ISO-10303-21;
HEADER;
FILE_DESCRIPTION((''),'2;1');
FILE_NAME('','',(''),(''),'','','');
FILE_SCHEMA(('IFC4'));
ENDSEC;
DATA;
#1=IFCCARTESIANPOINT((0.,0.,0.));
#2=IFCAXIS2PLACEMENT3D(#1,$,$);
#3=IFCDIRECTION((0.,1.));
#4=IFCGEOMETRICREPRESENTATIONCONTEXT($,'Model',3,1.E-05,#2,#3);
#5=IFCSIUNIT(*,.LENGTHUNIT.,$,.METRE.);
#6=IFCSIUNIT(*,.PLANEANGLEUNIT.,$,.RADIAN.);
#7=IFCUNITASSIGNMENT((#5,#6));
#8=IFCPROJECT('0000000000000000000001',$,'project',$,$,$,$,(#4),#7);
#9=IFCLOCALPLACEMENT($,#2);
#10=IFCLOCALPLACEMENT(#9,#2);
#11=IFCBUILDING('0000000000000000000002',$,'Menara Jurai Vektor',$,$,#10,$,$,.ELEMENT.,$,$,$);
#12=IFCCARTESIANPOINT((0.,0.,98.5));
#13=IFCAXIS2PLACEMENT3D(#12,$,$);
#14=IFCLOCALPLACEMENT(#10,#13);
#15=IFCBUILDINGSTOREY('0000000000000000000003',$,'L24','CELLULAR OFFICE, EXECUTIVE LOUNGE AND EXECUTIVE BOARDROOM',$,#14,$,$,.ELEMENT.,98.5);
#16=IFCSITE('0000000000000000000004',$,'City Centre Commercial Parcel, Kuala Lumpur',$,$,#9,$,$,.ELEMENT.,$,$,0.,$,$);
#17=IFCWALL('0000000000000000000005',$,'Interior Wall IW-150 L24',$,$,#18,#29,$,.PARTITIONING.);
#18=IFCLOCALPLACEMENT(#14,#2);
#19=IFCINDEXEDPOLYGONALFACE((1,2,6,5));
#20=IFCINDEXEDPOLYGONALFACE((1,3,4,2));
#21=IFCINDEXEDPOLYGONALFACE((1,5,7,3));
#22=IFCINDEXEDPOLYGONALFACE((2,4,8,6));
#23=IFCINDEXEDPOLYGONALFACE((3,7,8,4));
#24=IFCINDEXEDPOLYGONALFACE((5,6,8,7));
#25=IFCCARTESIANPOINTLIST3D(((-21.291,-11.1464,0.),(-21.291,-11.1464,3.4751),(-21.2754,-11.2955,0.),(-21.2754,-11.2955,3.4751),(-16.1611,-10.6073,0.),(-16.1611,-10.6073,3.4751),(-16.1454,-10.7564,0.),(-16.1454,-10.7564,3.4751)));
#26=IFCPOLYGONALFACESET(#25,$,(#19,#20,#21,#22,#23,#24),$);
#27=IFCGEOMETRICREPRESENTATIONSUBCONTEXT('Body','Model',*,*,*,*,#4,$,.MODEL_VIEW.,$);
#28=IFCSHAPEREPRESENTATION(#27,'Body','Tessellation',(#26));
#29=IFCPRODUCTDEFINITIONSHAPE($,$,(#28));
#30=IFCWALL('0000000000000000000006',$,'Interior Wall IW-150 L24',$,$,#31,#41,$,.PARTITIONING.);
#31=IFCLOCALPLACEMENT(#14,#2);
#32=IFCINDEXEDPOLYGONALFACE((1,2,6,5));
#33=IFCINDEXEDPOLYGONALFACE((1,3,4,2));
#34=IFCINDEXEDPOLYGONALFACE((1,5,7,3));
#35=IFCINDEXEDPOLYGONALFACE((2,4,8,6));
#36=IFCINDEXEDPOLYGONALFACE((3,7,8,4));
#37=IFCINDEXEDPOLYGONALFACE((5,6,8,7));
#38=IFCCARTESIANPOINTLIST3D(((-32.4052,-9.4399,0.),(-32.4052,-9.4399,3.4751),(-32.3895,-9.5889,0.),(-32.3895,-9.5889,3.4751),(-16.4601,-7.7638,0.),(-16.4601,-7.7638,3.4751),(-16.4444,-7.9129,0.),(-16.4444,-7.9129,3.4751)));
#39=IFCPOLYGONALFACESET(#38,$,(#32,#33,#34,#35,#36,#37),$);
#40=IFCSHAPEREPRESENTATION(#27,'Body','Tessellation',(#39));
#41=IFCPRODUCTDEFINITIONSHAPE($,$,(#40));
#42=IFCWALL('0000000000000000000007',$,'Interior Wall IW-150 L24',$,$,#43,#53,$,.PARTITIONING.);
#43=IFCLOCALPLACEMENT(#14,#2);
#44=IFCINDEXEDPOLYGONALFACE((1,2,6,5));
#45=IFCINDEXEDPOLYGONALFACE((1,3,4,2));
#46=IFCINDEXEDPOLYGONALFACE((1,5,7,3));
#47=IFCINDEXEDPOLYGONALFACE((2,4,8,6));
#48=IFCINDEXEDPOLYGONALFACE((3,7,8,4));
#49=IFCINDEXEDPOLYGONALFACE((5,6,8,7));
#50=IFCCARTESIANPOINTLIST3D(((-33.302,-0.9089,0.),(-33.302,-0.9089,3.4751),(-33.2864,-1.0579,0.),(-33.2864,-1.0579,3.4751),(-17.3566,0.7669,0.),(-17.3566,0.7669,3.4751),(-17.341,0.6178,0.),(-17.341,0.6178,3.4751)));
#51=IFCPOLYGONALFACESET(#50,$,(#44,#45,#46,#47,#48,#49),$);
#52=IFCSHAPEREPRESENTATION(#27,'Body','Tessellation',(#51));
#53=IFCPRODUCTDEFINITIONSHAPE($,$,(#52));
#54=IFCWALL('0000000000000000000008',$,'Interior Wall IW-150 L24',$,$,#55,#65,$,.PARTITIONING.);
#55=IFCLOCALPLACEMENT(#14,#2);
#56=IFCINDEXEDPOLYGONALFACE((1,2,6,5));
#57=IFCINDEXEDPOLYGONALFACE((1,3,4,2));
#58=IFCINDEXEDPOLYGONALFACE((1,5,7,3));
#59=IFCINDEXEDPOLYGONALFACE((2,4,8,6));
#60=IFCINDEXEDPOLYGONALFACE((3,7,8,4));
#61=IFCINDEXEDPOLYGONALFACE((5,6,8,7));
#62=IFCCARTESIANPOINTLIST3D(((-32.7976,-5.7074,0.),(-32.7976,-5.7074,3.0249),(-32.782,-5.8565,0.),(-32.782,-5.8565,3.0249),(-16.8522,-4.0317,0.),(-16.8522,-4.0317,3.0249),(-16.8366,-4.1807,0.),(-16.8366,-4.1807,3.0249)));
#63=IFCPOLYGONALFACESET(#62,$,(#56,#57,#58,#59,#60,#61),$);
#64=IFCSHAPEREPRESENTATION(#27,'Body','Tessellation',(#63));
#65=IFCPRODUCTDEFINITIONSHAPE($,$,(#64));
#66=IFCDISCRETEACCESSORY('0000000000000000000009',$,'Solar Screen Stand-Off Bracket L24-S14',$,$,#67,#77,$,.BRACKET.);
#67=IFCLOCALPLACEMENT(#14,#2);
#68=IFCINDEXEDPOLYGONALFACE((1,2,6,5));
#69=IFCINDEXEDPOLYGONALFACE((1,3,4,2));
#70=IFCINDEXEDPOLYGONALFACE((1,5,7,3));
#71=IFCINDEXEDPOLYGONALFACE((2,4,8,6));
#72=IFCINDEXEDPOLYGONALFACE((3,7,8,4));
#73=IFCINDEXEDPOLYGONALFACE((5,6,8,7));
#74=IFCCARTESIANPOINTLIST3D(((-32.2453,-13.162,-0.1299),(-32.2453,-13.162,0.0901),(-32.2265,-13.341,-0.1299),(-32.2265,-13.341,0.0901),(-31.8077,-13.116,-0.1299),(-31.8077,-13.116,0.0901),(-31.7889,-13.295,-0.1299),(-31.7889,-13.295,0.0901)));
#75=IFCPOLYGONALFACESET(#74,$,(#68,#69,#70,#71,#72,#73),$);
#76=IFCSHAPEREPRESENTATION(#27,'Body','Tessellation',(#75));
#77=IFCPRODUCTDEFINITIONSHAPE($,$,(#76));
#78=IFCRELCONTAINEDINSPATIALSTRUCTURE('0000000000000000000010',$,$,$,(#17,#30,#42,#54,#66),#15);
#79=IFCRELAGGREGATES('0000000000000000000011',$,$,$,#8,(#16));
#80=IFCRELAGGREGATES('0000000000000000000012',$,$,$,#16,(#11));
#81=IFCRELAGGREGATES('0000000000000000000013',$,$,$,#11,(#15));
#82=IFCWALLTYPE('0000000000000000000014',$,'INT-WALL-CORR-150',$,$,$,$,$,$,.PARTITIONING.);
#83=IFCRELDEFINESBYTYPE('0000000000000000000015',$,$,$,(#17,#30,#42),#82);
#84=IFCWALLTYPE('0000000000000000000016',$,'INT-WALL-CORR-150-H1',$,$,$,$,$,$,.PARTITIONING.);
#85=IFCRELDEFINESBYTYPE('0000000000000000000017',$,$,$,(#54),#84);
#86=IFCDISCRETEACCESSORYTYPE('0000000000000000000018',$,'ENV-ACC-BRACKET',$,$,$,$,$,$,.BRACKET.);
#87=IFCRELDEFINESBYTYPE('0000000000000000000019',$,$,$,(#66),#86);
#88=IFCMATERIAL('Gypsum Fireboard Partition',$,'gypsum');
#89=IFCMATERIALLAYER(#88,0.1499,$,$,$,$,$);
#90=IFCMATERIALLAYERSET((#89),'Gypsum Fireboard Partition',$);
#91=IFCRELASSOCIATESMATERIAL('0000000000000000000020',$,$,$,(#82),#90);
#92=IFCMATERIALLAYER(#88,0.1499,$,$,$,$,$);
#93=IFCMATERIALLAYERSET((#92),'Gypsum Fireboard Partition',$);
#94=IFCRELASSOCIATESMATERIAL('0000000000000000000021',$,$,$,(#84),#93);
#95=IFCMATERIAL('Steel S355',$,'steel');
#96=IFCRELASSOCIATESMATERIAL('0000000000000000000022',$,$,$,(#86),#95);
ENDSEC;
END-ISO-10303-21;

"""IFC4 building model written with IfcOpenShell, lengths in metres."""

from ifc_helpers import new_model, si_unit, direction, frame, frame_2d, origin, origin_2d, place, context, subcontext, project, spatial, rectangle, extrude, material, layer, layer_set, type_object, element, save


model = new_model("IFC4")

# Units and contexts
model_context = context("Model", 3, precision=1e-05, world=origin(), true_north=direction((0.0, 1.0)))
body_context = subcontext(model_context, "Body", "Model", "MODEL_VIEW")
ifc_project = project(units=[si_unit("LENGTHUNIT", "METRE"), si_unit("PLANEANGLEUNIT", "RADIAN")], contexts=[model_context])

# Site, building, storey
site_placement = place(None, origin())
site = spatial("IfcSite", under=ifc_project, at=site_placement, Name="City Centre Commercial Parcel, Kuala Lumpur", CompositionType="ELEMENT", RefElevation=0.0)
building_placement = place(site_placement, origin())
building = spatial("IfcBuilding", under=site, at=building_placement, Name="Menara Jurai Vektor", CompositionType="ELEMENT")
storey_placement = place(building_placement, frame((0.0, 0.0, 98.5)))
storey = spatial("IfcBuildingStorey", under=building, at=storey_placement, Name="L24", Description="CELLULAR OFFICE, EXECUTIVE LOUNGE AND EXECUTIVE BOARDROOM", CompositionType="ELEMENT", Elevation=98.5)

# Shared definitions
ifc_material_1 = material(Name="Steel S355", Category="steel")

# Shared definitions
ifc_material_2 = material(Name="Gypsum Fireboard Partition", Category="gypsum")
ifc_layer_1 = layer(ifc_material_2, 0.1499)
ifc_layer_set_1 = layer_set([ifc_layer_1], Name="Gypsum Fireboard Partition")
wall_type_1 = type_object("IfcWallType", Name="INT-WALL-CORR-150", PredefinedType="PARTITIONING", material=ifc_layer_set_1)

# Walls
wall_1_placement = place(storey_placement, frame((-21.2832, -11.2209, 0.0), z_axis=(0.0, 0.0, 1.0), x_axis=(0.994524, 0.104507, 0.0)))
element("IfcWall", 1, at=wall_1_placement, inside=storey, type_object=wall_type_1, Name="Interior Wall IW-150 L24", PredefinedType="PARTITIONING", context=body_context, shape_type="SweptSolid", body=[
    extrude(rectangle(XDim=5.1582, YDim=0.1499, at=frame_2d((2.5791, 0.0))), origin(), (0.0, 0.0, 1.0), 3.4751),
])
wall_2_placement = place(storey_placement, frame((-32.3975, -9.5144, 0.0), z_axis=(0.0, 0.0, 1.0), x_axis=(0.994521, 0.104537, 0.0)))
element("IfcWall", 2, at=wall_2_placement, inside=storey, type_object=wall_type_1, Name="Interior Wall IW-150 L24", PredefinedType="PARTITIONING", context=body_context, shape_type="SweptSolid", body=[
    extrude(rectangle(XDim=16.033, YDim=0.1499, at=frame_2d((8.0166, 0.0))), origin(), (0.0, 0.0, 1.0), 3.4751),
])
wall_3_placement = place(storey_placement, frame((-33.2942, -0.9834, 0.0), z_axis=(0.0, 0.0, 1.0), x_axis=(0.994523, 0.10452, 0.0)))
element("IfcWall", 3, at=wall_3_placement, inside=storey, type_object=wall_type_1, Name="Interior Wall IW-150 L24", PredefinedType="PARTITIONING", context=body_context, shape_type="SweptSolid", body=[
    extrude(rectangle(XDim=16.0332, YDim=0.1499, at=frame_2d((8.0166, 0.0))), origin(), (0.0, 0.0, 1.0), 3.4751),
])
ifc_layer_2 = layer(ifc_material_2, 0.1499)
ifc_layer_set_2 = layer_set([ifc_layer_2], Name="Gypsum Fireboard Partition")
wall_type_2 = type_object("IfcWallType", Name="INT-WALL-CORR-150-H1", PredefinedType="PARTITIONING", material=ifc_layer_set_2)
wall_4_placement = place(storey_placement, frame((-32.7898, -5.782, 0.0), z_axis=(0.0, 0.0, 1.0), x_axis=(0.994523, 0.10452, 0.0)))
element("IfcWall", 4, at=wall_4_placement, inside=storey, type_object=wall_type_2, Name="Interior Wall IW-150 L24", PredefinedType="PARTITIONING", context=body_context, shape_type="SweptSolid", body=[
    extrude(rectangle(XDim=16.0332, YDim=0.1499, at=frame_2d((8.0166, 0.0))), origin(), (0.0, 0.0, 1.0), 3.0249),
])

# Discrete accessory
discrete_accessory_type = type_object("IfcDiscreteAccessoryType", Name="ENV-ACC-BRACKET", PredefinedType="BRACKET", material=ifc_material_1)
discrete_accessory_placement = place(storey_placement, frame((-32.0171, -13.2285, -0.1299), z_axis=(0.0, 0.0, 1.0), x_axis=(0.104528, -0.994522, 0.0)))
element("IfcDiscreteAccessory", 5, at=discrete_accessory_placement, inside=storey, type_object=discrete_accessory_type, Name="Solar Screen Stand-Off Bracket L24-S14", PredefinedType="BRACKET", context=body_context, shape_type="SweptSolid", body=[
    extrude(rectangle(XDim=0.1799, YDim=0.4399, at=origin_2d()), origin(), (0.0, 0.0, 1.0), 0.22),
])

save(model, "model.ifc")
